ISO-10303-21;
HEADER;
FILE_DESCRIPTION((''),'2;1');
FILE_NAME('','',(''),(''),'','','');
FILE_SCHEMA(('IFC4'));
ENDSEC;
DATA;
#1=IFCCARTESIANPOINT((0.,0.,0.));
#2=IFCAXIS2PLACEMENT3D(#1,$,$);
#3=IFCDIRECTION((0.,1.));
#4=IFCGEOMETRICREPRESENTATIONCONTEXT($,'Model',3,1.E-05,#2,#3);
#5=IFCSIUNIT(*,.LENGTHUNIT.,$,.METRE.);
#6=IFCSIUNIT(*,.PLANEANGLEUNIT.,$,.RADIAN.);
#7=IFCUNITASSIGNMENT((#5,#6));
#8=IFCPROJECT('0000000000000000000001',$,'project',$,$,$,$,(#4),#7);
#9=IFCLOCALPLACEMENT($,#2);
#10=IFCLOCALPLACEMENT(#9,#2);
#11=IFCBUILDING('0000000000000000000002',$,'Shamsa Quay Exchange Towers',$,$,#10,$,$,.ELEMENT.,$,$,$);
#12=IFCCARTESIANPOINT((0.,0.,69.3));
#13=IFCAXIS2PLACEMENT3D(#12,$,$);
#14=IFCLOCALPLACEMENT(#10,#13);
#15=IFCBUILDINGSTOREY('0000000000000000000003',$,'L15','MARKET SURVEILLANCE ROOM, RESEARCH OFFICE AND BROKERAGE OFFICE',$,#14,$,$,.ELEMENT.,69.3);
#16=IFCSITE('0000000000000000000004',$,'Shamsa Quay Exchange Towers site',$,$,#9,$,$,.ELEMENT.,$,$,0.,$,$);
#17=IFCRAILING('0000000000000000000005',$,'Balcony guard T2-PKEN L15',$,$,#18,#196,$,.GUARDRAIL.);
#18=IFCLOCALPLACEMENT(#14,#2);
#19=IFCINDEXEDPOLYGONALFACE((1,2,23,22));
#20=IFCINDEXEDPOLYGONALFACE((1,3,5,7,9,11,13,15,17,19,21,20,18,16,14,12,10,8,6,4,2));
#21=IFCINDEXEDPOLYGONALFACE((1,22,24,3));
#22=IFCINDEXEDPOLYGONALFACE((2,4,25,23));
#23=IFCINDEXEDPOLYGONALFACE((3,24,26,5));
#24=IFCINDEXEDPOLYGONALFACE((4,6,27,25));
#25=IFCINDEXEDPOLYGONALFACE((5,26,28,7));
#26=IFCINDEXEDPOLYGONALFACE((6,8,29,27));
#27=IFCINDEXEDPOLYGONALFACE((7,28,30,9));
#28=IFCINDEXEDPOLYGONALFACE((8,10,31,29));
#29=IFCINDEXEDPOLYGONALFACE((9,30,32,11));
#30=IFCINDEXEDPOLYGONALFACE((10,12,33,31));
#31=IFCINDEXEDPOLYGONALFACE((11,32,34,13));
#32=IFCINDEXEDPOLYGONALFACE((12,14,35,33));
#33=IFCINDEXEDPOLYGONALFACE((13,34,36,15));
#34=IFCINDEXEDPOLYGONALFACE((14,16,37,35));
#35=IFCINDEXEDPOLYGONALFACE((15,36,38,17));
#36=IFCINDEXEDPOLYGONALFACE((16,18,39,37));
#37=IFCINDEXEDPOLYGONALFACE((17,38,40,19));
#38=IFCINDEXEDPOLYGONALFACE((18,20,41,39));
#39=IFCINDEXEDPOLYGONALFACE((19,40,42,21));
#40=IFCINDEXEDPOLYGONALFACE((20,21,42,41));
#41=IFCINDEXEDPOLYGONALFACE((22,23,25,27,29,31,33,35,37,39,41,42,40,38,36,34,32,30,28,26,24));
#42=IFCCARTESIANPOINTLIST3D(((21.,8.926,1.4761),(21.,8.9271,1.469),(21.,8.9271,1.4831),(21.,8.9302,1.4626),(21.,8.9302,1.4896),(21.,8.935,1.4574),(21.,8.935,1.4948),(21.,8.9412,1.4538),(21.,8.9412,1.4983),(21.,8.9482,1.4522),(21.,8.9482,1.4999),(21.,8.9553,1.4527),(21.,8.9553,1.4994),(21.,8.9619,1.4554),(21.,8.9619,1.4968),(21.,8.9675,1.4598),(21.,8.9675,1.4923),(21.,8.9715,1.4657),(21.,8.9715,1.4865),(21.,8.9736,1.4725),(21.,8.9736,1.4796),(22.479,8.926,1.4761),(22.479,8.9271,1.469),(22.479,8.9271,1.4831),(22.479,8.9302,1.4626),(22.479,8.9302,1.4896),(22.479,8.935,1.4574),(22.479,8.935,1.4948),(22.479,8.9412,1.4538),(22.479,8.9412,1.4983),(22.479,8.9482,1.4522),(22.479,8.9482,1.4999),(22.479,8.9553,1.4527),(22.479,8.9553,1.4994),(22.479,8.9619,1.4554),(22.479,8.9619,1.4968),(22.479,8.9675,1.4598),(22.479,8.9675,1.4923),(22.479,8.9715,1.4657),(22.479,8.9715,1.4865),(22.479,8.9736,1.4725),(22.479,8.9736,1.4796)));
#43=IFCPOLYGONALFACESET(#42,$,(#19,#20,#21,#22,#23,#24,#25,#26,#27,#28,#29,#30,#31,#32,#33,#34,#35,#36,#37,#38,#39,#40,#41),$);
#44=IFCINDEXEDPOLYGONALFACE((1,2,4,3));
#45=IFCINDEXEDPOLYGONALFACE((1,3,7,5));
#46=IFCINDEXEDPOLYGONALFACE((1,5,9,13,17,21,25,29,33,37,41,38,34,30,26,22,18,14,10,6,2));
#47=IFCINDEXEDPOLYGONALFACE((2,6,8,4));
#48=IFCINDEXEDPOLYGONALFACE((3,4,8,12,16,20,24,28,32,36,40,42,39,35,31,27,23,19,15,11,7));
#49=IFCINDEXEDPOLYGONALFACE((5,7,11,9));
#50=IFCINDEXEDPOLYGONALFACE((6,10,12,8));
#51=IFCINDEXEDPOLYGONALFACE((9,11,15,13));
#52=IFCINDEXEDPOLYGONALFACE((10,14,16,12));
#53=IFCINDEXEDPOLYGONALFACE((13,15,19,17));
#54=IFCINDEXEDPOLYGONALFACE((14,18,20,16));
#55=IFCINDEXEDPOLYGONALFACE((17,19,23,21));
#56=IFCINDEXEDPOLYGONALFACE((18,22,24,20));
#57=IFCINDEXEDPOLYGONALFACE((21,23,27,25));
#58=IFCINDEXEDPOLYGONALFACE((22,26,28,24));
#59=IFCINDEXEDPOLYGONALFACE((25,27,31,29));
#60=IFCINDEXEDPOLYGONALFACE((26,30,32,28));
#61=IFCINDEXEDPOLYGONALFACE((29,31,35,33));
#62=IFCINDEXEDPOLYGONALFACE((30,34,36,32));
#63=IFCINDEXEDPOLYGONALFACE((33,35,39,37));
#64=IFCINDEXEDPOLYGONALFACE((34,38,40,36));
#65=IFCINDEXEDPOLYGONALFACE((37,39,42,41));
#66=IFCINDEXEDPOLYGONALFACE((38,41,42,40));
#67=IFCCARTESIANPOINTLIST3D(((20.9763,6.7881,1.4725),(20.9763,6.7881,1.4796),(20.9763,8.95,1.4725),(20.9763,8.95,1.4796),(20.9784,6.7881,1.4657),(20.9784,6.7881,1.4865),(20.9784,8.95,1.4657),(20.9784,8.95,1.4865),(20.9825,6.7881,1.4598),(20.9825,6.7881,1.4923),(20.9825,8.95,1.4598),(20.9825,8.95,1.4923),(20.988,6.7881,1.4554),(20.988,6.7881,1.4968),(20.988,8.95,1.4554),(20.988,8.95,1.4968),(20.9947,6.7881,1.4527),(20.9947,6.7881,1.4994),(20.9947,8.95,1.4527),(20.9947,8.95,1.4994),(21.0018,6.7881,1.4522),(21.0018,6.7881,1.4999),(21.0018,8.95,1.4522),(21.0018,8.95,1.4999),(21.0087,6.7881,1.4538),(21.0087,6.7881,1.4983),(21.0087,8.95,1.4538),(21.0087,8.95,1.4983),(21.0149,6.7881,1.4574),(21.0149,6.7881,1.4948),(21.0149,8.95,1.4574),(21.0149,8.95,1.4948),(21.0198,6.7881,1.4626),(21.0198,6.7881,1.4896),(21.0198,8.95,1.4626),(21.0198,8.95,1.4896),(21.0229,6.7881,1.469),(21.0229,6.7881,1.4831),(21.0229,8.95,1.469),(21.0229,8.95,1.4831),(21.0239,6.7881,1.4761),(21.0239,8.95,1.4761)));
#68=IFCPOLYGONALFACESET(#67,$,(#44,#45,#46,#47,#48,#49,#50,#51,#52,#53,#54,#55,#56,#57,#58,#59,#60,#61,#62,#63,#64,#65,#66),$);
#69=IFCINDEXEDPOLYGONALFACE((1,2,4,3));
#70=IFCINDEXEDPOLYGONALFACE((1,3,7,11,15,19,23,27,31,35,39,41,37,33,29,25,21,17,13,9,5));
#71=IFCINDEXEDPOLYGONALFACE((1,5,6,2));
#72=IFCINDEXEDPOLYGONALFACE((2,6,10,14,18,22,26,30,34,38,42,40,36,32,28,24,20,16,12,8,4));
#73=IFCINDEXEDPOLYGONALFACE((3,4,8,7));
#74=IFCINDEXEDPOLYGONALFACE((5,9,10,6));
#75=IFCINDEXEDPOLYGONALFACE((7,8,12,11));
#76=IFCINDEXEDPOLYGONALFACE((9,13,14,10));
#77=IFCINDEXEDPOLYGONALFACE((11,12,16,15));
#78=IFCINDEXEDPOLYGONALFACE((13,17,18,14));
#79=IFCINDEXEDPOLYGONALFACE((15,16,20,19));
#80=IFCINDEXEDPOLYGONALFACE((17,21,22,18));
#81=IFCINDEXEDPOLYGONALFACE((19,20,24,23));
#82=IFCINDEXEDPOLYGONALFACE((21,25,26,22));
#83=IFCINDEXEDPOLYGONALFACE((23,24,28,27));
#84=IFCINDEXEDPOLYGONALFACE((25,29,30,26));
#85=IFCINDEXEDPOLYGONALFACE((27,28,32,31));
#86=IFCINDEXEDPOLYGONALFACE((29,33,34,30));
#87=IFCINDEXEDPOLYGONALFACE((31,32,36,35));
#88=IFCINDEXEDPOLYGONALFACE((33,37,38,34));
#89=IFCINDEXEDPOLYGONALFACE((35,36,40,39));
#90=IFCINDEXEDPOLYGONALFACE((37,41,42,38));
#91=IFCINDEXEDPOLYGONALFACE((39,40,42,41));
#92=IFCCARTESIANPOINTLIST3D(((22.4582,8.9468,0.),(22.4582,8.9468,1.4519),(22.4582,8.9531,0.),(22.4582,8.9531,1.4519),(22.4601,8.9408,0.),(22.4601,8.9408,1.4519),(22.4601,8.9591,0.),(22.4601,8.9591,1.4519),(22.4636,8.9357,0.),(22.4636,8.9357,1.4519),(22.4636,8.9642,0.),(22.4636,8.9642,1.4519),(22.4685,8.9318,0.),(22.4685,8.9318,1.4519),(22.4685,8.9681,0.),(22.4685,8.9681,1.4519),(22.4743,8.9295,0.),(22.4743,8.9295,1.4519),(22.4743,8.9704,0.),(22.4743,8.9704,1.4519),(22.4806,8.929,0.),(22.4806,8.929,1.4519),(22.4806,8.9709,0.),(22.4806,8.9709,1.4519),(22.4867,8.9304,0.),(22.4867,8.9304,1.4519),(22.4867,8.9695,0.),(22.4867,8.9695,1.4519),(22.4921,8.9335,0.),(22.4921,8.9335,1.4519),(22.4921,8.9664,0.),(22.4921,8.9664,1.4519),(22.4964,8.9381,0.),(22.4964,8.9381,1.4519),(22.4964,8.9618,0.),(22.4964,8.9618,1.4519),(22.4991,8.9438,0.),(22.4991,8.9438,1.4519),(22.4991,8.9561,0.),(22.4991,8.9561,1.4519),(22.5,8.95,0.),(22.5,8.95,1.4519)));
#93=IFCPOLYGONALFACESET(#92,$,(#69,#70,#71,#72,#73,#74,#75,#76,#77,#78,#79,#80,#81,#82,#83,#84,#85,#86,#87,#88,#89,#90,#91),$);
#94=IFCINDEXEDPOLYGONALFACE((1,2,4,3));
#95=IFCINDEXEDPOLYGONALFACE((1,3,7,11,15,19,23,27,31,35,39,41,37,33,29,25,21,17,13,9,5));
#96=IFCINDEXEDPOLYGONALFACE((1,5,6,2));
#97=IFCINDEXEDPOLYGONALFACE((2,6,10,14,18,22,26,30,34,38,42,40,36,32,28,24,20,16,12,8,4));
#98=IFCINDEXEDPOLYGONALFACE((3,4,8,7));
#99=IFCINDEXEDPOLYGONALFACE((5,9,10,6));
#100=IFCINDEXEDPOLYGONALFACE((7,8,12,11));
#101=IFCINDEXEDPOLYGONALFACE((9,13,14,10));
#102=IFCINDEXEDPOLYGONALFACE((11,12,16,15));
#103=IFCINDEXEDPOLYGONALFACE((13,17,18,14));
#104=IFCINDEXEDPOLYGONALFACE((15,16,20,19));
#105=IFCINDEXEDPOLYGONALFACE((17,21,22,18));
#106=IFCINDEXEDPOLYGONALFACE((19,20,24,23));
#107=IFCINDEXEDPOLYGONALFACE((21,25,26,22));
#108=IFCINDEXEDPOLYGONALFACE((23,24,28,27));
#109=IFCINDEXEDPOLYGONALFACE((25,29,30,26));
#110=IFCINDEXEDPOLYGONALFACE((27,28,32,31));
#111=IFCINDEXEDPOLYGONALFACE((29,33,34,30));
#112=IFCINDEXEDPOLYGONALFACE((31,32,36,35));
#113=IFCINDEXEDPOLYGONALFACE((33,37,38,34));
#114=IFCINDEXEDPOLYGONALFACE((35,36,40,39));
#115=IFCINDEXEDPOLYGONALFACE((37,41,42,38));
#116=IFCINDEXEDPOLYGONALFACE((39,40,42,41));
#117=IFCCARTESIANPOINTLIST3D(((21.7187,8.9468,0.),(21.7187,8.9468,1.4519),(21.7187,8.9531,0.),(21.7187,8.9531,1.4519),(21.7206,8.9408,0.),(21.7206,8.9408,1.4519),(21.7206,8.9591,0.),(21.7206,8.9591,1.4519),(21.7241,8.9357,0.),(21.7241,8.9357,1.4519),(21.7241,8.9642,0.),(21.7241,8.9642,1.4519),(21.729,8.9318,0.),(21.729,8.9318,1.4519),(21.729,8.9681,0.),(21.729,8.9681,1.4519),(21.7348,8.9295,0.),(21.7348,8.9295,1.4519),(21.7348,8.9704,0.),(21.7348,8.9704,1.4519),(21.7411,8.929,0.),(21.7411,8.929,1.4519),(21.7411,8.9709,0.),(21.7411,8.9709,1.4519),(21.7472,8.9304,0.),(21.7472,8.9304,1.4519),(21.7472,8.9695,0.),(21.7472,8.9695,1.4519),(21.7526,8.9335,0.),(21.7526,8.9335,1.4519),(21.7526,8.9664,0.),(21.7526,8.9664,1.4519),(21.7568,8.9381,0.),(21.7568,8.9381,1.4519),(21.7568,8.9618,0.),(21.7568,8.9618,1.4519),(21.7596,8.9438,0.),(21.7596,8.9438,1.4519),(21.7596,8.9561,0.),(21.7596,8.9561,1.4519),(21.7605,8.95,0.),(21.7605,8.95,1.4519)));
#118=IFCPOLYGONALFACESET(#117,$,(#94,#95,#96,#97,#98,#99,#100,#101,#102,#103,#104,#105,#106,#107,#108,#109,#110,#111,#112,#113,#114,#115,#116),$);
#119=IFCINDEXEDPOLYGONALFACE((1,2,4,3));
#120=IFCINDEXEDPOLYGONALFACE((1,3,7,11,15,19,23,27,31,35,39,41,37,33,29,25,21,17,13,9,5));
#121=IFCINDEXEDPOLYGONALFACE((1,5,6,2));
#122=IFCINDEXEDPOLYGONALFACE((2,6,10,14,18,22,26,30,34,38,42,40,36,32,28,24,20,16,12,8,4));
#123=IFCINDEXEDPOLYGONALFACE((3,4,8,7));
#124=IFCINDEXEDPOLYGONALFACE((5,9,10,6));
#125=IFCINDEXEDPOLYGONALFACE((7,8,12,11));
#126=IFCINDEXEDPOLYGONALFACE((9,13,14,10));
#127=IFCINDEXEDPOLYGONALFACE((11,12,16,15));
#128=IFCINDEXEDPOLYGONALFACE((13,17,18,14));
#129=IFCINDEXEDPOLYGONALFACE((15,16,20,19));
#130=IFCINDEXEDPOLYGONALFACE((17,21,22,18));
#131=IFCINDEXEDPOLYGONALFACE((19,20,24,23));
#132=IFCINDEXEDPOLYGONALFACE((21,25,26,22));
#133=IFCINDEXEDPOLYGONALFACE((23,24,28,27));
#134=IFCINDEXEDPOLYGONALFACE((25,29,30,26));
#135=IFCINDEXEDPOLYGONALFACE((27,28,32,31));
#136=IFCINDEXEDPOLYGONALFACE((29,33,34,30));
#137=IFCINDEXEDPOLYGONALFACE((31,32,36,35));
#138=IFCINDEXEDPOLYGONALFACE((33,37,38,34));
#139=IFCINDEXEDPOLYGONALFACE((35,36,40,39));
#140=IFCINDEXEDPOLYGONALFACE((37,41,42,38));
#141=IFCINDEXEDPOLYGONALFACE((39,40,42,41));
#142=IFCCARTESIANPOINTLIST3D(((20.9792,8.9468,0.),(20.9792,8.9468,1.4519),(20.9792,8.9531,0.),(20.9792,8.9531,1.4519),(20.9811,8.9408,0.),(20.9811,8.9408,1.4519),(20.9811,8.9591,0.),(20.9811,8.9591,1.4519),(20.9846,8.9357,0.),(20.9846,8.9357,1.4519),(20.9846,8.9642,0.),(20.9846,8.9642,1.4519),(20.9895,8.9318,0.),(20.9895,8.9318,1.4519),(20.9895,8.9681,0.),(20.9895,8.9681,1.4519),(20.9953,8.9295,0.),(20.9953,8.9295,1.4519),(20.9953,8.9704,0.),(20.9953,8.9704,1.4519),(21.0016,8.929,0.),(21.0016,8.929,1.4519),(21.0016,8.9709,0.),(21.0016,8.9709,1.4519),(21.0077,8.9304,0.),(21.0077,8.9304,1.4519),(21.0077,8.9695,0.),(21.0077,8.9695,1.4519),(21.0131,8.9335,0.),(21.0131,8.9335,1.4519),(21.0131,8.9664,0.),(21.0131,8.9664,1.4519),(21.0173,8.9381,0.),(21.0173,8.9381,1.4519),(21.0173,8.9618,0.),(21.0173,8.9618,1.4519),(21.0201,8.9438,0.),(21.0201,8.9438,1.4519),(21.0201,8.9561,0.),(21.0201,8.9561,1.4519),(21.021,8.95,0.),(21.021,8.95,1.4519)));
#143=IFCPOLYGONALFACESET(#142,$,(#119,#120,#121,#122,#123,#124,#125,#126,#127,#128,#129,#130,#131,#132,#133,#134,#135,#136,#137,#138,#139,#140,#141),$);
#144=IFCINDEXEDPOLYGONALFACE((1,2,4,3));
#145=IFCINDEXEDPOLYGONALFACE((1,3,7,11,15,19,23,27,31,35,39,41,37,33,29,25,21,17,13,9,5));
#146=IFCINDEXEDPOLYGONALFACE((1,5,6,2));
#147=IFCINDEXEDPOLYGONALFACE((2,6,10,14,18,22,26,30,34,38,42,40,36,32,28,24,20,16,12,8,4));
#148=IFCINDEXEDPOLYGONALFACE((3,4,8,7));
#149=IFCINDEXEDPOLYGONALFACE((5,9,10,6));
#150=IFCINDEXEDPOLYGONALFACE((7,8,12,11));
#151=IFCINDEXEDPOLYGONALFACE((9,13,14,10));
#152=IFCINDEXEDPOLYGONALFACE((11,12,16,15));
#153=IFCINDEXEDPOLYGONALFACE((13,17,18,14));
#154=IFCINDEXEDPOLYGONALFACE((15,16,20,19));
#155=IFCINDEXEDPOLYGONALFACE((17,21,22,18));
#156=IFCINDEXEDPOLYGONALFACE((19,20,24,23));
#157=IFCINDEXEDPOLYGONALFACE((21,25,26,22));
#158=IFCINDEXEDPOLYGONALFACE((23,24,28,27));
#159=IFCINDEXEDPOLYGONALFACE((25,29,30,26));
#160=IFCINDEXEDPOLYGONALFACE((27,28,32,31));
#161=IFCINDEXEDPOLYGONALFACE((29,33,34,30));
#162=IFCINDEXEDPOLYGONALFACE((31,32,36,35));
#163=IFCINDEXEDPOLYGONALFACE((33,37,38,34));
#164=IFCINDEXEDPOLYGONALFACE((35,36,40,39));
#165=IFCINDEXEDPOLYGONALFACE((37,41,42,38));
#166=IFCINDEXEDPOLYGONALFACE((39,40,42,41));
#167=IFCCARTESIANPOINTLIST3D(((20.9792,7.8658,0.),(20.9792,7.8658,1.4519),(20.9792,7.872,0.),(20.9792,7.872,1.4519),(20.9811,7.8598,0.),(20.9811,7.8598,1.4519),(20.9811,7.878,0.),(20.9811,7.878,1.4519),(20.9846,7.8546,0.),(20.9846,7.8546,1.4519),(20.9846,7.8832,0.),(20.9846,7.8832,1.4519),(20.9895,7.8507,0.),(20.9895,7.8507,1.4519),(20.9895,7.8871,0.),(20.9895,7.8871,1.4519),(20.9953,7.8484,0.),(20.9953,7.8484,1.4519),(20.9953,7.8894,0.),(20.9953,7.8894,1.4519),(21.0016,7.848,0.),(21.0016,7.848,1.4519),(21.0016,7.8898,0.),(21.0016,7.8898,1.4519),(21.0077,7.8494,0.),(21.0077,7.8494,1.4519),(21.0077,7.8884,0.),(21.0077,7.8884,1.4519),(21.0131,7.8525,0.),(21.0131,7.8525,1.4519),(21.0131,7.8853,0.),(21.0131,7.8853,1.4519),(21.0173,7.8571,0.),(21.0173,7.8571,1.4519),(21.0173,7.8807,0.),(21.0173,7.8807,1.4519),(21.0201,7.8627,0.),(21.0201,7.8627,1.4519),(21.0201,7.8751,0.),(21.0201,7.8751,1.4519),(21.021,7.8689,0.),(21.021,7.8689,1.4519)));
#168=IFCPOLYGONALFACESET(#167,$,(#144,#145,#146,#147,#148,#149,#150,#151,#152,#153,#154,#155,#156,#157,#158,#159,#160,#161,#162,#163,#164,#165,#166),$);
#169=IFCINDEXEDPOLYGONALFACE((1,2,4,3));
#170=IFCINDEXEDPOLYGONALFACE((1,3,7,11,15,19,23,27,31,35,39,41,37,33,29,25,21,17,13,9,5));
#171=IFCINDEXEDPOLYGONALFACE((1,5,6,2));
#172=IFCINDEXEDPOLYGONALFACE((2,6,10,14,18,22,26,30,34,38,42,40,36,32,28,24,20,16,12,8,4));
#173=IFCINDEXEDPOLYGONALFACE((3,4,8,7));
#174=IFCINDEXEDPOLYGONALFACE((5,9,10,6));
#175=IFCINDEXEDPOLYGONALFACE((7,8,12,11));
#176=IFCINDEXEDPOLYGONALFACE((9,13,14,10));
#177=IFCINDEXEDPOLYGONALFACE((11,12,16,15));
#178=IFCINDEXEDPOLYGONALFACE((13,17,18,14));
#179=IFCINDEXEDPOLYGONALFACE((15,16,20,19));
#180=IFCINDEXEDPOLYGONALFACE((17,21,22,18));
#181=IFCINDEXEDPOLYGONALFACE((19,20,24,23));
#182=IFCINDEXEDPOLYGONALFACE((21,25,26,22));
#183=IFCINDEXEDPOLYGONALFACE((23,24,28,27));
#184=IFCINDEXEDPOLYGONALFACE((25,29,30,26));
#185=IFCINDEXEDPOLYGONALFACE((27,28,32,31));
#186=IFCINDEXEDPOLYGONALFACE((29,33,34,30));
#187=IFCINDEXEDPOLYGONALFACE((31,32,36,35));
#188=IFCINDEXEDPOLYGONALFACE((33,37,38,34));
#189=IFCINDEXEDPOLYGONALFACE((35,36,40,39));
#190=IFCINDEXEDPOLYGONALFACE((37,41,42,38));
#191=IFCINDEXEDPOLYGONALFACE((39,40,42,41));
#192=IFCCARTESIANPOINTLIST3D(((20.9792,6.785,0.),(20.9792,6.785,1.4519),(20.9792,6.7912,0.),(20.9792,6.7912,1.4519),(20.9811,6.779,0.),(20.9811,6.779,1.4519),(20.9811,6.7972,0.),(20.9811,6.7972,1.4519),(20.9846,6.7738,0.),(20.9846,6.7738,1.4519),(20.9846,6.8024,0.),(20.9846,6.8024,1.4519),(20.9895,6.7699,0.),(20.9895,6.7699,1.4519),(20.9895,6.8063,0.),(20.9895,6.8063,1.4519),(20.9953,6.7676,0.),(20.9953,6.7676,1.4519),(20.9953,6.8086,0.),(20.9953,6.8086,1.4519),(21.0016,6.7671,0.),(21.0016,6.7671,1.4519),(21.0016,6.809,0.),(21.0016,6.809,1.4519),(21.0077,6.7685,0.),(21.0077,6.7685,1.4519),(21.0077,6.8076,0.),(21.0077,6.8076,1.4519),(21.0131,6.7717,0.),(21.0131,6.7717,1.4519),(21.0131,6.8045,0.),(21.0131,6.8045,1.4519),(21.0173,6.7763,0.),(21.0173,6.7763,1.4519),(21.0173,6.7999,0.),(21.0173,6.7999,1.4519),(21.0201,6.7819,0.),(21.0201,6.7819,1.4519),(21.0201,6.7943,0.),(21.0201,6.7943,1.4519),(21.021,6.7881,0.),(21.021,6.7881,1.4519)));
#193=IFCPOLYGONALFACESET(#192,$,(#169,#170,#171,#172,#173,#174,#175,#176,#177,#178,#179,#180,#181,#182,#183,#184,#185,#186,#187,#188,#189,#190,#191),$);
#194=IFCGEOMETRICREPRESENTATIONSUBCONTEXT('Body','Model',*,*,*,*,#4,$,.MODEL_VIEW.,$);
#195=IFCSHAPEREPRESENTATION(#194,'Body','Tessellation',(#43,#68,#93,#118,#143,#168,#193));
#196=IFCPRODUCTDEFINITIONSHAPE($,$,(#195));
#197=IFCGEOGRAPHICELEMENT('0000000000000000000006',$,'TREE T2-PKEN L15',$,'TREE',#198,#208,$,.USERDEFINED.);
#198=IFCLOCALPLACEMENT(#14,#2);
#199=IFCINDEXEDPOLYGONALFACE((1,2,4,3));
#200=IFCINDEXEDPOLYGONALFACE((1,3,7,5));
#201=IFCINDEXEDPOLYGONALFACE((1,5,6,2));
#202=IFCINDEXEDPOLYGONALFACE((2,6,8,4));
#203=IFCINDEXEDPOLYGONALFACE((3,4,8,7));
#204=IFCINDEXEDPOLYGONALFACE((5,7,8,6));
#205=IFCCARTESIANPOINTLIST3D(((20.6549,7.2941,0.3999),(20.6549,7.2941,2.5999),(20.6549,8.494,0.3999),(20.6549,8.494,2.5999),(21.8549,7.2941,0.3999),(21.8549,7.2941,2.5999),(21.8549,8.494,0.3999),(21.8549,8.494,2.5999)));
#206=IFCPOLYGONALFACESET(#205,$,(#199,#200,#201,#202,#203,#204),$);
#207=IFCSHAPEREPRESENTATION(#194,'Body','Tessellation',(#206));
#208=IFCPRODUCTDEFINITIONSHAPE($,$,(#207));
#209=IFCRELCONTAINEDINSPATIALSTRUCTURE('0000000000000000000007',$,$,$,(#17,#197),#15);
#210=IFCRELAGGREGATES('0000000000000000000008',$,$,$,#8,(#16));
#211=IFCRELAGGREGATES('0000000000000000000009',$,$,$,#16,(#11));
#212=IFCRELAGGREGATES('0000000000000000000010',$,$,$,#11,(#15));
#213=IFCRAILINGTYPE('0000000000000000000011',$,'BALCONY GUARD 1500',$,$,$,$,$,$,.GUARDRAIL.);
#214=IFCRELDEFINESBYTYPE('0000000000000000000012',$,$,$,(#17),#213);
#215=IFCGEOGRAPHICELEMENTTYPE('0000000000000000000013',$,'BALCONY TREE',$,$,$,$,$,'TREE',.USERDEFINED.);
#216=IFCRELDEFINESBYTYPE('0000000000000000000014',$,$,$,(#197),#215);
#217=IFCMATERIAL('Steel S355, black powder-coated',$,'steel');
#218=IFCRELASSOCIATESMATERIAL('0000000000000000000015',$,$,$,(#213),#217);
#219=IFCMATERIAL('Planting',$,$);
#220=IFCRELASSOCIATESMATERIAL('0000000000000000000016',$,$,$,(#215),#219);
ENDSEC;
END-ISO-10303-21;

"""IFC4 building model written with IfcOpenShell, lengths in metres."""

from ifc_helpers import new_model, si_unit, direction, frame, origin, origin_2d, place, context, subcontext, project, spatial, rectangle, circle, extrude, material, type_object, element, save


model = new_model("IFC4")

# Units and contexts
model_context = context("Model", 3, precision=1e-05, world=origin(), true_north=direction((0.0, 1.0)))
body_context = subcontext(model_context, "Body", "Model", "MODEL_VIEW")
ifc_project = project(units=[si_unit("LENGTHUNIT", "METRE"), si_unit("PLANEANGLEUNIT", "RADIAN")], contexts=[model_context])

# Site, building, storey
site_placement = place(None, origin())
site = spatial("IfcSite", under=ifc_project, at=site_placement, Name="Shamsa Quay Exchange Towers site", CompositionType="ELEMENT", RefElevation=0.0)
building_placement = place(site_placement, origin())
building = spatial("IfcBuilding", under=site, at=building_placement, Name="Shamsa Quay Exchange Towers", CompositionType="ELEMENT")
storey_placement = place(building_placement, frame((0.0, 0.0, 69.3)))
storey = spatial("IfcBuildingStorey", under=building, at=storey_placement, Name="L15", Description="MARKET SURVEILLANCE ROOM, RESEARCH OFFICE AND BROKERAGE OFFICE", CompositionType="ELEMENT", Elevation=69.3)

# Railing
ifc_material_1 = material(Name="Steel S355, black powder-coated", Category="steel")
railing_type = type_object("IfcRailingType", Name="BALCONY GUARD 1500", PredefinedType="GUARDRAIL", material=ifc_material_1)
railing_placement = place(storey_placement, frame((22.479, 8.95, 0.0)))
element("IfcRailing", 1, at=railing_placement, inside=storey, type_object=railing_type, Name="Balcony guard T2-PKEN L15", PredefinedType="GUARDRAIL", context=body_context, shape_type="SweptSolid", body=[
    extrude(circle(Radius=0.0239, at=origin_2d()), frame((0.0, 0.0, 1.4761), z_axis=(-1.0, 0.0, 0.0), x_axis=(0.0, -1.0, 0.0)), (0.0, 0.0, 1.0), 1.479),
    extrude(circle(Radius=0.0239, at=origin_2d()), frame((-1.479, 0.0, 1.4761), z_axis=(0.0, -1.0, 0.0), x_axis=(1.0, 0.0, 0.0)), (0.0, 0.0, 1.0), 2.1619),
    extrude(circle(Radius=0.021, at=origin_2d()), origin(), (0.0, 0.0, 1.0), 1.4519),
    extrude(circle(Radius=0.021, at=origin_2d()), frame((-0.7395, 0.0, 0.0)), (0.0, 0.0, 1.0), 1.4519),
    extrude(circle(Radius=0.021, at=origin_2d()), frame((-1.479, 0.0, 0.0)), (0.0, 0.0, 1.0), 1.4519),
    extrude(circle(Radius=0.021, at=origin_2d()), frame((-1.479, -1.0811, 0.0)), (0.0, 0.0, 1.0), 1.4519),
    extrude(circle(Radius=0.021, at=origin_2d()), frame((-1.479, -2.1619, 0.0)), (0.0, 0.0, 1.0), 1.4519),
])

# Geographic element
ifc_material_2 = material(Name="Planting")
geographic_element_type = type_object("IfcGeographicElementType", Name="BALCONY TREE", ElementType="TREE", PredefinedType="USERDEFINED", material=ifc_material_2)
geographic_element_placement = place(storey_placement, frame((21.2549, 7.894, 0.3999), z_axis=(0.0, 0.0, 1.0), x_axis=(0.0, -1.0, 0.0)))
element("IfcGeographicElement", 2, at=geographic_element_placement, inside=storey, type_object=geographic_element_type, Name="TREE T2-PKEN L15", ObjectType="TREE", PredefinedType="USERDEFINED", context=body_context, shape_type="SweptSolid", body=[
    extrude(rectangle(XDim=1.2, YDim=1.2, at=origin_2d()), origin(), (0.0, 0.0, 1.0), 2.2),
])

save(model, "model.ifc")
